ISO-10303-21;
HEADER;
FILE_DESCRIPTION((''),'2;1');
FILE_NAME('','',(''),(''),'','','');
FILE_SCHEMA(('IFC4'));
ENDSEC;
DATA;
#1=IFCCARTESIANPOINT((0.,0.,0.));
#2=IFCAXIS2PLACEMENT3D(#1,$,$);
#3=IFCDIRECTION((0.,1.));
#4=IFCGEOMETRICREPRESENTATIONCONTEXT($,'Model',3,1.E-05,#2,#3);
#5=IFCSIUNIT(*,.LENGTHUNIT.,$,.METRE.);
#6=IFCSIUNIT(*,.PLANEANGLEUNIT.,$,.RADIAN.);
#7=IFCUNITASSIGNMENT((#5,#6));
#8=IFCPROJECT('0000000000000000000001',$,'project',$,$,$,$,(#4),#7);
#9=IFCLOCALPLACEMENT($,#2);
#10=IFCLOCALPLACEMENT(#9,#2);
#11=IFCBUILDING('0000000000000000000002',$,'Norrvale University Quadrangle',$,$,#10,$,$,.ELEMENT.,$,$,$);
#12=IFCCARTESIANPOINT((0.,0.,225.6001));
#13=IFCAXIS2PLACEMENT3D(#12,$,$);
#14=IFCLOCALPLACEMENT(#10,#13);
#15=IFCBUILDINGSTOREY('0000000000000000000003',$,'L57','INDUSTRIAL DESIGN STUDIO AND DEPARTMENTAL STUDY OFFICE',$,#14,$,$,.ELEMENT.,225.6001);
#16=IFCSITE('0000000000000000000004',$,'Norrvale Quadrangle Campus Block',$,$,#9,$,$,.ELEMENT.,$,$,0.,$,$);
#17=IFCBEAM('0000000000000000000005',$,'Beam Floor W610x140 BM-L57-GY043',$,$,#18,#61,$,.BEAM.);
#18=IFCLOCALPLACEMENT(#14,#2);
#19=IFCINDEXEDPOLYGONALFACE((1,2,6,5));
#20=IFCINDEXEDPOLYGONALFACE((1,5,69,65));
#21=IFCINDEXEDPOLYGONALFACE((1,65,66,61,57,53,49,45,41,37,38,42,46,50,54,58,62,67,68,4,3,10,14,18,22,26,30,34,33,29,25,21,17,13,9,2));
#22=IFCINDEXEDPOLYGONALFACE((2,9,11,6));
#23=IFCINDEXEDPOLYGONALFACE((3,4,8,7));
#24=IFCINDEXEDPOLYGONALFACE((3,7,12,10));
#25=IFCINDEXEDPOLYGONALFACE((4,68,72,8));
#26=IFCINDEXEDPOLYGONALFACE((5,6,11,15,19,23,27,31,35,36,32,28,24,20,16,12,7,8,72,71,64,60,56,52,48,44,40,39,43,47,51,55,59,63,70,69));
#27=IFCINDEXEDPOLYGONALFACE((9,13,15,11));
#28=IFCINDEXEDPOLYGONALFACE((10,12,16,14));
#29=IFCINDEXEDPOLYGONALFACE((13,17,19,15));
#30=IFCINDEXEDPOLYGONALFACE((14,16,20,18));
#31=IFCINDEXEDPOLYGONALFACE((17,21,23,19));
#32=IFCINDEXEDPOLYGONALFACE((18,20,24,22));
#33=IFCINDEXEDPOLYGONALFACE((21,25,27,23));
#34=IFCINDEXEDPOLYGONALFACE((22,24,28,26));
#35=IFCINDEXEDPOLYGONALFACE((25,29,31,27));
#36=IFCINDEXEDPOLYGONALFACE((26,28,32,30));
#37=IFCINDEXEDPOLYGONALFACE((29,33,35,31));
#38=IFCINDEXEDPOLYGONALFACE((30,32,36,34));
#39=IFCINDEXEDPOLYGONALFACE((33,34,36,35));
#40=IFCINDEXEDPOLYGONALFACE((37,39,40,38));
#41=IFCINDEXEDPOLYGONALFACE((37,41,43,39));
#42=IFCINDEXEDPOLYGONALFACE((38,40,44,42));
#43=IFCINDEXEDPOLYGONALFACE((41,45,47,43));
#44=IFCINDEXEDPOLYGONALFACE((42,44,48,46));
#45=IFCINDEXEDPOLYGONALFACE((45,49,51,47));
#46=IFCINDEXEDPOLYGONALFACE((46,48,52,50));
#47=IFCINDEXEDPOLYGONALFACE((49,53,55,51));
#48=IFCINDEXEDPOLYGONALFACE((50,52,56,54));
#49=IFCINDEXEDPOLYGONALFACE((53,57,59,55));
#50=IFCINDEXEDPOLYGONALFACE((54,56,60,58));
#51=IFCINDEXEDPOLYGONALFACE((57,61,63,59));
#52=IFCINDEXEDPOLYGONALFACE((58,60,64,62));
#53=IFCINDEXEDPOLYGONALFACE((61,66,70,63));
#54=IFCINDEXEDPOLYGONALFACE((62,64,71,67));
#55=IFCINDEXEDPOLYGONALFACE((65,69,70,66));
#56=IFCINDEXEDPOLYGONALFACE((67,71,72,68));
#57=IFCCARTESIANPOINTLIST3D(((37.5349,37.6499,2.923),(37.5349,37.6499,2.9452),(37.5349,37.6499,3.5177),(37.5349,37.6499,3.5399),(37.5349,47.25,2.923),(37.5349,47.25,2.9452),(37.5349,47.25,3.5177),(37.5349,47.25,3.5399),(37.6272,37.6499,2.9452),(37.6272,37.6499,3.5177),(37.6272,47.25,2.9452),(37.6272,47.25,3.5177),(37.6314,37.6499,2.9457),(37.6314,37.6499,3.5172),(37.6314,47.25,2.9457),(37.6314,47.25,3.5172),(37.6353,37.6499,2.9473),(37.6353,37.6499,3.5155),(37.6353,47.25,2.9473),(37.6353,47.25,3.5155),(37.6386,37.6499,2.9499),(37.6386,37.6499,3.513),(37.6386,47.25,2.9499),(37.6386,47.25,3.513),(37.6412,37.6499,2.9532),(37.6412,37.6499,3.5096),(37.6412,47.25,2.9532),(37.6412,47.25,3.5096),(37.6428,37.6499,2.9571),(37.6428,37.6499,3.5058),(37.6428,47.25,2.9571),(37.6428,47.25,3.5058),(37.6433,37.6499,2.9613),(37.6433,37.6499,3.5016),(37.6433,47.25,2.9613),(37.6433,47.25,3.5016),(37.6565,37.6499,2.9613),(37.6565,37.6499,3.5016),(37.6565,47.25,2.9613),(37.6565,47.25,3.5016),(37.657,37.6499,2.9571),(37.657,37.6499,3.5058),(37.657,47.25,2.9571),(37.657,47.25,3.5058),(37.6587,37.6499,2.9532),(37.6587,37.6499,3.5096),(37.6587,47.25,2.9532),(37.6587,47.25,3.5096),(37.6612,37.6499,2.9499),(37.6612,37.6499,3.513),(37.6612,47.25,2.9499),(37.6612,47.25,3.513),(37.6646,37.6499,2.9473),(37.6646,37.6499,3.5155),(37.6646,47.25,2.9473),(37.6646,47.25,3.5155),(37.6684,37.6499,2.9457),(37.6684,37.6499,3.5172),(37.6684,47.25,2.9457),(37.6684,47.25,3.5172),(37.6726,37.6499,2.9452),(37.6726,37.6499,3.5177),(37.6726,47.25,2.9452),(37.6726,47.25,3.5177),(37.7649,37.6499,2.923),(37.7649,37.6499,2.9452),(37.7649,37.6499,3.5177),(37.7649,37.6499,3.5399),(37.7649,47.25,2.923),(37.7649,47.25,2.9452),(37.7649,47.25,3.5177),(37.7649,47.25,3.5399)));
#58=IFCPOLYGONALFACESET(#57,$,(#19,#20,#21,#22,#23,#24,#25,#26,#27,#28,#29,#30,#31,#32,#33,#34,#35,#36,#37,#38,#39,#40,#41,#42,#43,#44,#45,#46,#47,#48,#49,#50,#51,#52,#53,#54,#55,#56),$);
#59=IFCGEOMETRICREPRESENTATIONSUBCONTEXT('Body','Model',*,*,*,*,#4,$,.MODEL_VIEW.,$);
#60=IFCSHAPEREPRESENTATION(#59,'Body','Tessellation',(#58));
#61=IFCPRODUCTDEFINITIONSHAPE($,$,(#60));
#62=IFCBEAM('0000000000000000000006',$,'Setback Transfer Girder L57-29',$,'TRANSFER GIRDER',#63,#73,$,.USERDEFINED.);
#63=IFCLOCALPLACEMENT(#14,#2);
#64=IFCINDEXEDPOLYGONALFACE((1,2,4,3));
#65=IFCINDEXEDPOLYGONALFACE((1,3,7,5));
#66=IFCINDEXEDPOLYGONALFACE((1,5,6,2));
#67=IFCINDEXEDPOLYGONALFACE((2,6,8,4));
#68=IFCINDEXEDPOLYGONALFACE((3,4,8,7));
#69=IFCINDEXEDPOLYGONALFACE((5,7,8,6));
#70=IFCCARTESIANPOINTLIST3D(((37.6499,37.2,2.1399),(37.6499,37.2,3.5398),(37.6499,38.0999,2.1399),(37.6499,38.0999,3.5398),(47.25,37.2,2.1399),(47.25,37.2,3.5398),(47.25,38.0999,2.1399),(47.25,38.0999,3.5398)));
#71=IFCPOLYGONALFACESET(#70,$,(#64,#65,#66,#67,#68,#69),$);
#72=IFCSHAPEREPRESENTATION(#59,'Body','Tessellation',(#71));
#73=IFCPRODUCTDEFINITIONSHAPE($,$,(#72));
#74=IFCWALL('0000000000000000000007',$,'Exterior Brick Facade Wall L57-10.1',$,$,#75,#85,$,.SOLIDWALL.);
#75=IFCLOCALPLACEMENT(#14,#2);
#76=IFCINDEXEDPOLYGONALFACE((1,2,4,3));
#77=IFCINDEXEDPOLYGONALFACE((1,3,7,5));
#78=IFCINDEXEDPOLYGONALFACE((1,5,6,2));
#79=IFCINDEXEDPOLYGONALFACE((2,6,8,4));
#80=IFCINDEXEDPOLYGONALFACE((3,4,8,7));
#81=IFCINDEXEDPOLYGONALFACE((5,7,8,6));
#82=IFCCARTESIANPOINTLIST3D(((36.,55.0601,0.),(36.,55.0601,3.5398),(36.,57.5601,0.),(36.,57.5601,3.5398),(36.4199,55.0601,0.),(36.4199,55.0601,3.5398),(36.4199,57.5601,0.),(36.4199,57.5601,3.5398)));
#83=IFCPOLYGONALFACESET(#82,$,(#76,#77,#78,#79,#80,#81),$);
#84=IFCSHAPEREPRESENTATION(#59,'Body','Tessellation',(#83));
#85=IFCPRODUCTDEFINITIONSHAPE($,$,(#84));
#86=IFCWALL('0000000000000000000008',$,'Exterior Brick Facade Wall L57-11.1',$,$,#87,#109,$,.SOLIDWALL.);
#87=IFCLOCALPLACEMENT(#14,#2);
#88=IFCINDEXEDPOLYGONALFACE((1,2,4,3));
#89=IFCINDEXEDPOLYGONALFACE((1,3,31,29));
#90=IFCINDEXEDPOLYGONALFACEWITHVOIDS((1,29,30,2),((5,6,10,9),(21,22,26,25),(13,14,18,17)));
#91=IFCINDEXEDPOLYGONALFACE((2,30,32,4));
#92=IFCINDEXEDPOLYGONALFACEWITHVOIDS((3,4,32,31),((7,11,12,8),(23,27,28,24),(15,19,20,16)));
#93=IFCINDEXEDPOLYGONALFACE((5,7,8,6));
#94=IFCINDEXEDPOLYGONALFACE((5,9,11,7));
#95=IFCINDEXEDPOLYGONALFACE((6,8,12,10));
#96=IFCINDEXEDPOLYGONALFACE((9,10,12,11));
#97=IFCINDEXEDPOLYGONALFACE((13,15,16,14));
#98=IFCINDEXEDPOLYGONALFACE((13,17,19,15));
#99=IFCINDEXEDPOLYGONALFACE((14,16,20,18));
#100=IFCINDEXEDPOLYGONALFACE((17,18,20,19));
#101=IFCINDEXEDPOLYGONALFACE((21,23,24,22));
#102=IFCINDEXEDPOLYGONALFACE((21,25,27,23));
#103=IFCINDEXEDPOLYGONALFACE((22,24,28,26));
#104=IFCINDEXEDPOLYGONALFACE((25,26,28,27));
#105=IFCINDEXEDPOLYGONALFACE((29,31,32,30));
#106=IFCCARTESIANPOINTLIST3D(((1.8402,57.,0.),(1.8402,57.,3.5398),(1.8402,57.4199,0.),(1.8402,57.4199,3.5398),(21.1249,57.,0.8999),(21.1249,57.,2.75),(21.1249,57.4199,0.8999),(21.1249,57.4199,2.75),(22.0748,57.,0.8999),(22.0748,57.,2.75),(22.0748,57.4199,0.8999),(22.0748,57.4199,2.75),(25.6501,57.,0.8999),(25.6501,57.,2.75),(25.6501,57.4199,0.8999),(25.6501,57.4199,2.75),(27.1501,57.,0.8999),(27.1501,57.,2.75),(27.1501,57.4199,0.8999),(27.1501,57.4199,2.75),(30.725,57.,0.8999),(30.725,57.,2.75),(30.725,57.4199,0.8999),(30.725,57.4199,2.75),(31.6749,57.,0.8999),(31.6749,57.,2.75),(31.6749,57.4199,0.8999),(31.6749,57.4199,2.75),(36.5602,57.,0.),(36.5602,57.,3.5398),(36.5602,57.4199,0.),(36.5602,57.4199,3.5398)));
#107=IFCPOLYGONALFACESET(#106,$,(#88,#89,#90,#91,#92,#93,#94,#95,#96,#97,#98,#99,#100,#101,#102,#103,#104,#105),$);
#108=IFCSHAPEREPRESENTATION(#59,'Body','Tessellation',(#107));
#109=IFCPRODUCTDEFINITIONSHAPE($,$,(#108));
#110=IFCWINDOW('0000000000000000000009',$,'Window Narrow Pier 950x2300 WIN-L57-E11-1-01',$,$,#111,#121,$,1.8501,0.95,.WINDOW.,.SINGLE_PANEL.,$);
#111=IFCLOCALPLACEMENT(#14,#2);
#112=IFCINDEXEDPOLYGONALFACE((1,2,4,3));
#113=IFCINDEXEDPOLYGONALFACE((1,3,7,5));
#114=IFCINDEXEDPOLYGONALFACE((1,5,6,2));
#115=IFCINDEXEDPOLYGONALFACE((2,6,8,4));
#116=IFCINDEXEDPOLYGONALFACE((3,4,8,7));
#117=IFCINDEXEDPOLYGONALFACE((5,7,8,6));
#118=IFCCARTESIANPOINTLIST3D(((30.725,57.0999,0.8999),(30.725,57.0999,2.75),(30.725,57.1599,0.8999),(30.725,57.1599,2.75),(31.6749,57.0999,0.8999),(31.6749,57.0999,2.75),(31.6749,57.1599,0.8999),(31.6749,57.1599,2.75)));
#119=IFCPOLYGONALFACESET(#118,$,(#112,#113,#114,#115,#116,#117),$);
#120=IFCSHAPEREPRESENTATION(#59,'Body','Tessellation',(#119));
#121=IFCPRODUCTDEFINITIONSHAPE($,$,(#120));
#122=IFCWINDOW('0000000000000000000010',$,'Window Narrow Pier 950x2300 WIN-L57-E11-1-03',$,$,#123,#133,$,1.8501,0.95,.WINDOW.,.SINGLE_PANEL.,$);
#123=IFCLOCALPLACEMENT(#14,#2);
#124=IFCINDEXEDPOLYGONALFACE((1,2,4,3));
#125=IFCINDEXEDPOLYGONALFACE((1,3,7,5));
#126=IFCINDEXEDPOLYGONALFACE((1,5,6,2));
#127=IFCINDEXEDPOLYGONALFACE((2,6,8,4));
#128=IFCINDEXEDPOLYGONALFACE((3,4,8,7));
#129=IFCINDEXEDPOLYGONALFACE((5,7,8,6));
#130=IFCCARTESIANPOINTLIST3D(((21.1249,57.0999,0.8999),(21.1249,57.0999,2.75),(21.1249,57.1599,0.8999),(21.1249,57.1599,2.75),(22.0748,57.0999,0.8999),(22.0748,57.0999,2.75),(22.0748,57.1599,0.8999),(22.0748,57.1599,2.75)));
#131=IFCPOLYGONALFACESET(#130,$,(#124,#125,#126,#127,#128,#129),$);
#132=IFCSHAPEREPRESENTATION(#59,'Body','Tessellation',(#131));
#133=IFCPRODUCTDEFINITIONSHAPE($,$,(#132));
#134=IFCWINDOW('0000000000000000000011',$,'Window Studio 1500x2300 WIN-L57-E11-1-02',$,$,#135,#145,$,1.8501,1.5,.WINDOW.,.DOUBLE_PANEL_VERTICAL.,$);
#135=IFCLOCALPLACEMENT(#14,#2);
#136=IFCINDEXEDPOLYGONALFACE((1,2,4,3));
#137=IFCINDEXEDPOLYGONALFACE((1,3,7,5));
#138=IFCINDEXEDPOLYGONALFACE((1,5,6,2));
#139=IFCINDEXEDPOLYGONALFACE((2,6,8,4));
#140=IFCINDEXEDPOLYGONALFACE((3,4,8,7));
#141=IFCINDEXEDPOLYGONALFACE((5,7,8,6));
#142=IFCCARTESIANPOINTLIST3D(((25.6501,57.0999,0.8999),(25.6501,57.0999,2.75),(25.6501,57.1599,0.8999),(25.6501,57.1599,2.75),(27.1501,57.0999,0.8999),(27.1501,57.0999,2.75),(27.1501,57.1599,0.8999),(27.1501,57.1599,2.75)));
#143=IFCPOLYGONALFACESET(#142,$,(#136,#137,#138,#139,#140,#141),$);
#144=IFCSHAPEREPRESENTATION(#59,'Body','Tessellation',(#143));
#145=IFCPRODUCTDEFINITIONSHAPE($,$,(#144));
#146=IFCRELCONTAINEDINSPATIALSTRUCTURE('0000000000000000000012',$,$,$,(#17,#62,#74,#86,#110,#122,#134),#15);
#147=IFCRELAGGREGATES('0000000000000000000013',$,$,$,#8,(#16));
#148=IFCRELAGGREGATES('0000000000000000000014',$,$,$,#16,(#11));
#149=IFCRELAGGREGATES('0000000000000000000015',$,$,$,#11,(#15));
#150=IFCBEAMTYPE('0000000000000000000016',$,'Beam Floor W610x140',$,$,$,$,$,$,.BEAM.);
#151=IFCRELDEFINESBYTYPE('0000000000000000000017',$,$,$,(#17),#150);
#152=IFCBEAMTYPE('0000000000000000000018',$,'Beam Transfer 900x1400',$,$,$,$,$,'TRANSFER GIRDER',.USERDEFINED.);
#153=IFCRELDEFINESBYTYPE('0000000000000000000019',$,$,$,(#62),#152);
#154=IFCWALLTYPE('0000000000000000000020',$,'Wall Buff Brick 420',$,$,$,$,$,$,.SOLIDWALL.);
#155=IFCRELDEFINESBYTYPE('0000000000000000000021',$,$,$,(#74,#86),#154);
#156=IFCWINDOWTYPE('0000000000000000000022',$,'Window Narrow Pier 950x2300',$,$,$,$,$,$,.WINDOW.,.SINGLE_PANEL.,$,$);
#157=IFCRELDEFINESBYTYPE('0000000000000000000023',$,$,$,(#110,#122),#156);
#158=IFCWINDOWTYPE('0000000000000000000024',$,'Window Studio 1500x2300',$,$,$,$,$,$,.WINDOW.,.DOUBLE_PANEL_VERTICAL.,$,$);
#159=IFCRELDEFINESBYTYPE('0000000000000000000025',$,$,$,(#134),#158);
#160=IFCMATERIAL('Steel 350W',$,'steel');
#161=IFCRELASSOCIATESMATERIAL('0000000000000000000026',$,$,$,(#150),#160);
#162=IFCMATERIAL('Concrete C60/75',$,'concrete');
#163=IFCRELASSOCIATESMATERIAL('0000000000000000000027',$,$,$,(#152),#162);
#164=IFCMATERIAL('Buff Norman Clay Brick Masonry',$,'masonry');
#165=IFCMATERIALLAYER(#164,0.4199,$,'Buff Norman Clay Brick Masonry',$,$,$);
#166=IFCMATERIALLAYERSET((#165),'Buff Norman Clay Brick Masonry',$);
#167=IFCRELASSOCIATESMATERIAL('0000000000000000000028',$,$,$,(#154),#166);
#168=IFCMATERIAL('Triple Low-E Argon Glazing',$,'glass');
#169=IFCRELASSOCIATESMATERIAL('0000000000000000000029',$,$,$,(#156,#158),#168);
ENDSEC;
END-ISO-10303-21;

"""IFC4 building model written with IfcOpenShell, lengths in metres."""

from ifc_helpers import new_model, si_unit, direction, frame, frame_2d, origin, origin_2d, place, context, subcontext, project, spatial, rectangle, i_section, extrude, material, layer, layer_set, material_profile, profile_set, type_object, element, fill, save


model = new_model("IFC4")

# Units and contexts
model_context = context("Model", 3, precision=1e-05, world=origin(), true_north=direction((0.0, 1.0)))
body_context = subcontext(model_context, "Body", "Model", "MODEL_VIEW")
ifc_project = project(units=[si_unit("LENGTHUNIT", "METRE"), si_unit("PLANEANGLEUNIT", "RADIAN")], contexts=[model_context])

# Site, building, storey
site_placement = place(None, origin())
site = spatial("IfcSite", under=ifc_project, at=site_placement, Name="Norrvale Quadrangle Campus Block", CompositionType="ELEMENT", RefElevation=0.0)
building_placement = place(site_placement, origin())
building = spatial("IfcBuilding", under=site, at=building_placement, Name="Norrvale University Quadrangle", CompositionType="ELEMENT")
storey_placement = place(building_placement, frame((0.0, 0.0, 225.6001)))
storey = spatial("IfcBuildingStorey", under=building, at=storey_placement, Name="L57", Description="INDUSTRIAL DESIGN STUDIO AND DEPARTMENTAL STUDY OFFICE", CompositionType="ELEMENT", Elevation=225.6001)

# Shared definitions
ifc_material_1 = material(Name="Concrete C60/75", Category="concrete")

# Beams
ifc_material_2 = material(Name="Steel 350W", Category="steel")
ifc_material_profile_1 = material_profile(ifc_material_2, i_section(OverallWidth=0.23, OverallDepth=0.6169, WebThickness=0.0132, FlangeThickness=0.0222, FilletRadius=0.0161, at=origin_2d()), Name="Steel 350W")
ifc_profile_set_1 = profile_set([ifc_material_profile_1], Name="Steel 350W")
beam_type_1 = type_object("IfcBeamType", Name="Beam Floor W610x140", PredefinedType="BEAM", material=ifc_profile_set_1)
beam_1_placement = place(storey_placement, frame((37.6499, 37.6499, 3.2314), z_axis=(0.0, 1.0, 0.0), x_axis=(-1.0, 0.0, 0.0)))
element("IfcBeam", 1, at=beam_1_placement, inside=storey, type_object=beam_type_1, Name="Beam Floor W610x140 BM-L57-GY043", PredefinedType="BEAM", context=body_context, shape_type="SweptSolid", body=[
    extrude(i_section(OverallWidth=0.23, OverallDepth=0.6169, WebThickness=0.0132, FlangeThickness=0.0222, FilletRadius=0.0161, at=origin_2d()), origin(), (0.0, 0.0, 1.0), 9.6001),
])
ifc_material_profile_2 = material_profile(ifc_material_1, rectangle(XDim=0.8999, YDim=1.3999, at=origin_2d()), Name="Concrete C60/75")
ifc_profile_set_2 = profile_set([ifc_material_profile_2], Name="Concrete C60/75")
beam_type_2 = type_object("IfcBeamType", Name="Beam Transfer 900x1400", ElementType="TRANSFER GIRDER", PredefinedType="USERDEFINED", material=ifc_profile_set_2)
beam_2_placement = place(storey_placement, frame((37.6499, 37.6499, 2.8398), z_axis=(1.0, 0.0, 0.0), x_axis=(0.0, 1.0, 0.0)))
element("IfcBeam", 2, at=beam_2_placement, inside=storey, type_object=beam_type_2, Name="Setback Transfer Girder L57-29", ObjectType="TRANSFER GIRDER", PredefinedType="USERDEFINED", context=body_context, shape_type="SweptSolid", body=[
    extrude(rectangle(XDim=0.8999, YDim=1.3999, at=origin_2d()), origin(), (0.0, 0.0, 1.0), 9.6001),
])

# Wall
ifc_material_3 = material(Name="Buff Norman Clay Brick Masonry", Category="masonry")
ifc_layer = layer(ifc_material_3, 0.4199, Name="Buff Norman Clay Brick Masonry")
ifc_layer_set = layer_set([ifc_layer], Name="Buff Norman Clay Brick Masonry")
wall_type = type_object("IfcWallType", Name="Wall Buff Brick 420", PredefinedType="SOLIDWALL", material=ifc_layer_set)
wall_1_placement = place(storey_placement, frame((36.21, 55.0601, 0.0), z_axis=(0.0, 0.0, 1.0), x_axis=(0.0, 1.0, 0.0)))
element("IfcWall", 3, at=wall_1_placement, inside=storey, type_object=wall_type, Name="Exterior Brick Facade Wall L57-10.1", PredefinedType="SOLIDWALL", context=body_context, shape_type="SweptSolid", body=[
    extrude(rectangle(XDim=2.5, YDim=0.4199, at=frame_2d((1.25, 0.0))), origin(), (0.0, 0.0, 1.0), 3.5398),
])

# Wall, openings, windows
wall_2_placement = place(storey_placement, frame((36.5601, 57.21, 0.0), z_axis=(0.0, 0.0, 1.0), x_axis=(-1.0, 0.0, 0.0)))
wall_2 = element("IfcWall", 4, at=wall_2_placement, inside=storey, type_object=wall_type, Name="Exterior Brick Facade Wall L57-11.1", PredefinedType="SOLIDWALL", context=body_context, shape_type="SweptSolid", body=[
    extrude(rectangle(XDim=34.72, YDim=0.4199, at=frame_2d((17.3599, 0.0))), origin(), (0.0, 0.0, 1.0), 3.5398),
])
opening_1_placement = place(wall_2_placement, frame((4.885, 0.0, 0.8999)))
opening_1 = element("IfcOpeningElement", 5, at=opening_1_placement, cuts=wall_2, PredefinedType="OPENING", context=body_context, shape_type="SweptSolid", body=[
    extrude(rectangle(XDim=0.95, YDim=1.8501, at=frame_2d((0.4751, 0.925))), frame((0.0, 0.2219, 0.0), z_axis=(0.0, -1.0, 0.0), x_axis=(1.0, 0.0, 0.0)), (0.0, 0.0, 1.0), 0.4438),
])
opening_2_placement = place(wall_2_placement, frame((9.4099, 0.0, 0.8999)))
opening_2 = element("IfcOpeningElement", 6, at=opening_2_placement, cuts=wall_2, PredefinedType="OPENING", context=body_context, shape_type="SweptSolid", body=[
    extrude(rectangle(XDim=1.5, YDim=1.8501, at=frame_2d((0.75, 0.925))), frame((0.0, 0.2219, 0.0), z_axis=(0.0, -1.0, 0.0), x_axis=(1.0, 0.0, 0.0)), (0.0, 0.0, 1.0), 0.4438),
])
opening_3_placement = place(wall_2_placement, frame((14.4851, 0.0, 0.8999)))
opening_3 = element("IfcOpeningElement", 7, at=opening_3_placement, cuts=wall_2, PredefinedType="OPENING", context=body_context, shape_type="SweptSolid", body=[
    extrude(rectangle(XDim=0.95, YDim=1.8501, at=frame_2d((0.4751, 0.925))), frame((0.0, 0.2219, 0.0), z_axis=(0.0, -1.0, 0.0), x_axis=(1.0, 0.0, 0.0)), (0.0, 0.0, 1.0), 0.4438),
])
ifc_material_4 = material(Name="Triple Low-E Argon Glazing", Category="glass")
window_type_1 = type_object("IfcWindowType", Name="Window Narrow Pier 950x2300", PartitioningType="SINGLE_PANEL", PredefinedType="WINDOW", material=ifc_material_4)
window_1_placement = place(opening_1_placement, origin())
window_1 = element("IfcWindow", 8, at=window_1_placement, inside=storey, type_object=window_type_1, Name="Window Narrow Pier 950x2300 WIN-L57-E11-1-01", OverallHeight=1.8501, OverallWidth=0.95, PartitioningType="SINGLE_PANEL", PredefinedType="WINDOW", context=body_context, shape_type="SweptSolid", body=[
    extrude(rectangle(XDim=0.95, YDim=1.8501, at=frame_2d((0.4751, 0.925))), frame((0.0, 0.1101, 0.0), z_axis=(0.0, -1.0, 0.0), x_axis=(1.0, 0.0, 0.0)), (0.0, 0.0, 1.0), 0.0601),
])
fill(opening_1, window_1)
window_2_placement = place(opening_3_placement, origin())
window_2 = element("IfcWindow", 9, at=window_2_placement, inside=storey, type_object=window_type_1, Name="Window Narrow Pier 950x2300 WIN-L57-E11-1-03", OverallHeight=1.8501, OverallWidth=0.95, PartitioningType="SINGLE_PANEL", PredefinedType="WINDOW", context=body_context, shape_type="SweptSolid", body=[
    extrude(rectangle(XDim=0.95, YDim=1.8501, at=frame_2d((0.4751, 0.925))), frame((0.0, 0.1101, 0.0), z_axis=(0.0, -1.0, 0.0), x_axis=(1.0, 0.0, 0.0)), (0.0, 0.0, 1.0), 0.0601),
])
fill(opening_3, window_2)
window_type_2 = type_object("IfcWindowType", Name="Window Studio 1500x2300", PartitioningType="DOUBLE_PANEL_VERTICAL", PredefinedType="WINDOW", material=ifc_material_4)
window_3_placement = place(opening_2_placement, origin())
window_3 = element("IfcWindow", 10, at=window_3_placement, inside=storey, type_object=window_type_2, Name="Window Studio 1500x2300 WIN-L57-E11-1-02", OverallHeight=1.8501, OverallWidth=1.5, PartitioningType="DOUBLE_PANEL_VERTICAL", PredefinedType="WINDOW", context=body_context, shape_type="SweptSolid", body=[
    extrude(rectangle(XDim=1.5, YDim=1.8501, at=frame_2d((0.75, 0.925))), frame((0.0, 0.1101, 0.0), z_axis=(0.0, -1.0, 0.0), x_axis=(1.0, 0.0, 0.0)), (0.0, 0.0, 1.0), 0.0601),
])
fill(opening_2, window_3)

save(model, "model.ifc")
